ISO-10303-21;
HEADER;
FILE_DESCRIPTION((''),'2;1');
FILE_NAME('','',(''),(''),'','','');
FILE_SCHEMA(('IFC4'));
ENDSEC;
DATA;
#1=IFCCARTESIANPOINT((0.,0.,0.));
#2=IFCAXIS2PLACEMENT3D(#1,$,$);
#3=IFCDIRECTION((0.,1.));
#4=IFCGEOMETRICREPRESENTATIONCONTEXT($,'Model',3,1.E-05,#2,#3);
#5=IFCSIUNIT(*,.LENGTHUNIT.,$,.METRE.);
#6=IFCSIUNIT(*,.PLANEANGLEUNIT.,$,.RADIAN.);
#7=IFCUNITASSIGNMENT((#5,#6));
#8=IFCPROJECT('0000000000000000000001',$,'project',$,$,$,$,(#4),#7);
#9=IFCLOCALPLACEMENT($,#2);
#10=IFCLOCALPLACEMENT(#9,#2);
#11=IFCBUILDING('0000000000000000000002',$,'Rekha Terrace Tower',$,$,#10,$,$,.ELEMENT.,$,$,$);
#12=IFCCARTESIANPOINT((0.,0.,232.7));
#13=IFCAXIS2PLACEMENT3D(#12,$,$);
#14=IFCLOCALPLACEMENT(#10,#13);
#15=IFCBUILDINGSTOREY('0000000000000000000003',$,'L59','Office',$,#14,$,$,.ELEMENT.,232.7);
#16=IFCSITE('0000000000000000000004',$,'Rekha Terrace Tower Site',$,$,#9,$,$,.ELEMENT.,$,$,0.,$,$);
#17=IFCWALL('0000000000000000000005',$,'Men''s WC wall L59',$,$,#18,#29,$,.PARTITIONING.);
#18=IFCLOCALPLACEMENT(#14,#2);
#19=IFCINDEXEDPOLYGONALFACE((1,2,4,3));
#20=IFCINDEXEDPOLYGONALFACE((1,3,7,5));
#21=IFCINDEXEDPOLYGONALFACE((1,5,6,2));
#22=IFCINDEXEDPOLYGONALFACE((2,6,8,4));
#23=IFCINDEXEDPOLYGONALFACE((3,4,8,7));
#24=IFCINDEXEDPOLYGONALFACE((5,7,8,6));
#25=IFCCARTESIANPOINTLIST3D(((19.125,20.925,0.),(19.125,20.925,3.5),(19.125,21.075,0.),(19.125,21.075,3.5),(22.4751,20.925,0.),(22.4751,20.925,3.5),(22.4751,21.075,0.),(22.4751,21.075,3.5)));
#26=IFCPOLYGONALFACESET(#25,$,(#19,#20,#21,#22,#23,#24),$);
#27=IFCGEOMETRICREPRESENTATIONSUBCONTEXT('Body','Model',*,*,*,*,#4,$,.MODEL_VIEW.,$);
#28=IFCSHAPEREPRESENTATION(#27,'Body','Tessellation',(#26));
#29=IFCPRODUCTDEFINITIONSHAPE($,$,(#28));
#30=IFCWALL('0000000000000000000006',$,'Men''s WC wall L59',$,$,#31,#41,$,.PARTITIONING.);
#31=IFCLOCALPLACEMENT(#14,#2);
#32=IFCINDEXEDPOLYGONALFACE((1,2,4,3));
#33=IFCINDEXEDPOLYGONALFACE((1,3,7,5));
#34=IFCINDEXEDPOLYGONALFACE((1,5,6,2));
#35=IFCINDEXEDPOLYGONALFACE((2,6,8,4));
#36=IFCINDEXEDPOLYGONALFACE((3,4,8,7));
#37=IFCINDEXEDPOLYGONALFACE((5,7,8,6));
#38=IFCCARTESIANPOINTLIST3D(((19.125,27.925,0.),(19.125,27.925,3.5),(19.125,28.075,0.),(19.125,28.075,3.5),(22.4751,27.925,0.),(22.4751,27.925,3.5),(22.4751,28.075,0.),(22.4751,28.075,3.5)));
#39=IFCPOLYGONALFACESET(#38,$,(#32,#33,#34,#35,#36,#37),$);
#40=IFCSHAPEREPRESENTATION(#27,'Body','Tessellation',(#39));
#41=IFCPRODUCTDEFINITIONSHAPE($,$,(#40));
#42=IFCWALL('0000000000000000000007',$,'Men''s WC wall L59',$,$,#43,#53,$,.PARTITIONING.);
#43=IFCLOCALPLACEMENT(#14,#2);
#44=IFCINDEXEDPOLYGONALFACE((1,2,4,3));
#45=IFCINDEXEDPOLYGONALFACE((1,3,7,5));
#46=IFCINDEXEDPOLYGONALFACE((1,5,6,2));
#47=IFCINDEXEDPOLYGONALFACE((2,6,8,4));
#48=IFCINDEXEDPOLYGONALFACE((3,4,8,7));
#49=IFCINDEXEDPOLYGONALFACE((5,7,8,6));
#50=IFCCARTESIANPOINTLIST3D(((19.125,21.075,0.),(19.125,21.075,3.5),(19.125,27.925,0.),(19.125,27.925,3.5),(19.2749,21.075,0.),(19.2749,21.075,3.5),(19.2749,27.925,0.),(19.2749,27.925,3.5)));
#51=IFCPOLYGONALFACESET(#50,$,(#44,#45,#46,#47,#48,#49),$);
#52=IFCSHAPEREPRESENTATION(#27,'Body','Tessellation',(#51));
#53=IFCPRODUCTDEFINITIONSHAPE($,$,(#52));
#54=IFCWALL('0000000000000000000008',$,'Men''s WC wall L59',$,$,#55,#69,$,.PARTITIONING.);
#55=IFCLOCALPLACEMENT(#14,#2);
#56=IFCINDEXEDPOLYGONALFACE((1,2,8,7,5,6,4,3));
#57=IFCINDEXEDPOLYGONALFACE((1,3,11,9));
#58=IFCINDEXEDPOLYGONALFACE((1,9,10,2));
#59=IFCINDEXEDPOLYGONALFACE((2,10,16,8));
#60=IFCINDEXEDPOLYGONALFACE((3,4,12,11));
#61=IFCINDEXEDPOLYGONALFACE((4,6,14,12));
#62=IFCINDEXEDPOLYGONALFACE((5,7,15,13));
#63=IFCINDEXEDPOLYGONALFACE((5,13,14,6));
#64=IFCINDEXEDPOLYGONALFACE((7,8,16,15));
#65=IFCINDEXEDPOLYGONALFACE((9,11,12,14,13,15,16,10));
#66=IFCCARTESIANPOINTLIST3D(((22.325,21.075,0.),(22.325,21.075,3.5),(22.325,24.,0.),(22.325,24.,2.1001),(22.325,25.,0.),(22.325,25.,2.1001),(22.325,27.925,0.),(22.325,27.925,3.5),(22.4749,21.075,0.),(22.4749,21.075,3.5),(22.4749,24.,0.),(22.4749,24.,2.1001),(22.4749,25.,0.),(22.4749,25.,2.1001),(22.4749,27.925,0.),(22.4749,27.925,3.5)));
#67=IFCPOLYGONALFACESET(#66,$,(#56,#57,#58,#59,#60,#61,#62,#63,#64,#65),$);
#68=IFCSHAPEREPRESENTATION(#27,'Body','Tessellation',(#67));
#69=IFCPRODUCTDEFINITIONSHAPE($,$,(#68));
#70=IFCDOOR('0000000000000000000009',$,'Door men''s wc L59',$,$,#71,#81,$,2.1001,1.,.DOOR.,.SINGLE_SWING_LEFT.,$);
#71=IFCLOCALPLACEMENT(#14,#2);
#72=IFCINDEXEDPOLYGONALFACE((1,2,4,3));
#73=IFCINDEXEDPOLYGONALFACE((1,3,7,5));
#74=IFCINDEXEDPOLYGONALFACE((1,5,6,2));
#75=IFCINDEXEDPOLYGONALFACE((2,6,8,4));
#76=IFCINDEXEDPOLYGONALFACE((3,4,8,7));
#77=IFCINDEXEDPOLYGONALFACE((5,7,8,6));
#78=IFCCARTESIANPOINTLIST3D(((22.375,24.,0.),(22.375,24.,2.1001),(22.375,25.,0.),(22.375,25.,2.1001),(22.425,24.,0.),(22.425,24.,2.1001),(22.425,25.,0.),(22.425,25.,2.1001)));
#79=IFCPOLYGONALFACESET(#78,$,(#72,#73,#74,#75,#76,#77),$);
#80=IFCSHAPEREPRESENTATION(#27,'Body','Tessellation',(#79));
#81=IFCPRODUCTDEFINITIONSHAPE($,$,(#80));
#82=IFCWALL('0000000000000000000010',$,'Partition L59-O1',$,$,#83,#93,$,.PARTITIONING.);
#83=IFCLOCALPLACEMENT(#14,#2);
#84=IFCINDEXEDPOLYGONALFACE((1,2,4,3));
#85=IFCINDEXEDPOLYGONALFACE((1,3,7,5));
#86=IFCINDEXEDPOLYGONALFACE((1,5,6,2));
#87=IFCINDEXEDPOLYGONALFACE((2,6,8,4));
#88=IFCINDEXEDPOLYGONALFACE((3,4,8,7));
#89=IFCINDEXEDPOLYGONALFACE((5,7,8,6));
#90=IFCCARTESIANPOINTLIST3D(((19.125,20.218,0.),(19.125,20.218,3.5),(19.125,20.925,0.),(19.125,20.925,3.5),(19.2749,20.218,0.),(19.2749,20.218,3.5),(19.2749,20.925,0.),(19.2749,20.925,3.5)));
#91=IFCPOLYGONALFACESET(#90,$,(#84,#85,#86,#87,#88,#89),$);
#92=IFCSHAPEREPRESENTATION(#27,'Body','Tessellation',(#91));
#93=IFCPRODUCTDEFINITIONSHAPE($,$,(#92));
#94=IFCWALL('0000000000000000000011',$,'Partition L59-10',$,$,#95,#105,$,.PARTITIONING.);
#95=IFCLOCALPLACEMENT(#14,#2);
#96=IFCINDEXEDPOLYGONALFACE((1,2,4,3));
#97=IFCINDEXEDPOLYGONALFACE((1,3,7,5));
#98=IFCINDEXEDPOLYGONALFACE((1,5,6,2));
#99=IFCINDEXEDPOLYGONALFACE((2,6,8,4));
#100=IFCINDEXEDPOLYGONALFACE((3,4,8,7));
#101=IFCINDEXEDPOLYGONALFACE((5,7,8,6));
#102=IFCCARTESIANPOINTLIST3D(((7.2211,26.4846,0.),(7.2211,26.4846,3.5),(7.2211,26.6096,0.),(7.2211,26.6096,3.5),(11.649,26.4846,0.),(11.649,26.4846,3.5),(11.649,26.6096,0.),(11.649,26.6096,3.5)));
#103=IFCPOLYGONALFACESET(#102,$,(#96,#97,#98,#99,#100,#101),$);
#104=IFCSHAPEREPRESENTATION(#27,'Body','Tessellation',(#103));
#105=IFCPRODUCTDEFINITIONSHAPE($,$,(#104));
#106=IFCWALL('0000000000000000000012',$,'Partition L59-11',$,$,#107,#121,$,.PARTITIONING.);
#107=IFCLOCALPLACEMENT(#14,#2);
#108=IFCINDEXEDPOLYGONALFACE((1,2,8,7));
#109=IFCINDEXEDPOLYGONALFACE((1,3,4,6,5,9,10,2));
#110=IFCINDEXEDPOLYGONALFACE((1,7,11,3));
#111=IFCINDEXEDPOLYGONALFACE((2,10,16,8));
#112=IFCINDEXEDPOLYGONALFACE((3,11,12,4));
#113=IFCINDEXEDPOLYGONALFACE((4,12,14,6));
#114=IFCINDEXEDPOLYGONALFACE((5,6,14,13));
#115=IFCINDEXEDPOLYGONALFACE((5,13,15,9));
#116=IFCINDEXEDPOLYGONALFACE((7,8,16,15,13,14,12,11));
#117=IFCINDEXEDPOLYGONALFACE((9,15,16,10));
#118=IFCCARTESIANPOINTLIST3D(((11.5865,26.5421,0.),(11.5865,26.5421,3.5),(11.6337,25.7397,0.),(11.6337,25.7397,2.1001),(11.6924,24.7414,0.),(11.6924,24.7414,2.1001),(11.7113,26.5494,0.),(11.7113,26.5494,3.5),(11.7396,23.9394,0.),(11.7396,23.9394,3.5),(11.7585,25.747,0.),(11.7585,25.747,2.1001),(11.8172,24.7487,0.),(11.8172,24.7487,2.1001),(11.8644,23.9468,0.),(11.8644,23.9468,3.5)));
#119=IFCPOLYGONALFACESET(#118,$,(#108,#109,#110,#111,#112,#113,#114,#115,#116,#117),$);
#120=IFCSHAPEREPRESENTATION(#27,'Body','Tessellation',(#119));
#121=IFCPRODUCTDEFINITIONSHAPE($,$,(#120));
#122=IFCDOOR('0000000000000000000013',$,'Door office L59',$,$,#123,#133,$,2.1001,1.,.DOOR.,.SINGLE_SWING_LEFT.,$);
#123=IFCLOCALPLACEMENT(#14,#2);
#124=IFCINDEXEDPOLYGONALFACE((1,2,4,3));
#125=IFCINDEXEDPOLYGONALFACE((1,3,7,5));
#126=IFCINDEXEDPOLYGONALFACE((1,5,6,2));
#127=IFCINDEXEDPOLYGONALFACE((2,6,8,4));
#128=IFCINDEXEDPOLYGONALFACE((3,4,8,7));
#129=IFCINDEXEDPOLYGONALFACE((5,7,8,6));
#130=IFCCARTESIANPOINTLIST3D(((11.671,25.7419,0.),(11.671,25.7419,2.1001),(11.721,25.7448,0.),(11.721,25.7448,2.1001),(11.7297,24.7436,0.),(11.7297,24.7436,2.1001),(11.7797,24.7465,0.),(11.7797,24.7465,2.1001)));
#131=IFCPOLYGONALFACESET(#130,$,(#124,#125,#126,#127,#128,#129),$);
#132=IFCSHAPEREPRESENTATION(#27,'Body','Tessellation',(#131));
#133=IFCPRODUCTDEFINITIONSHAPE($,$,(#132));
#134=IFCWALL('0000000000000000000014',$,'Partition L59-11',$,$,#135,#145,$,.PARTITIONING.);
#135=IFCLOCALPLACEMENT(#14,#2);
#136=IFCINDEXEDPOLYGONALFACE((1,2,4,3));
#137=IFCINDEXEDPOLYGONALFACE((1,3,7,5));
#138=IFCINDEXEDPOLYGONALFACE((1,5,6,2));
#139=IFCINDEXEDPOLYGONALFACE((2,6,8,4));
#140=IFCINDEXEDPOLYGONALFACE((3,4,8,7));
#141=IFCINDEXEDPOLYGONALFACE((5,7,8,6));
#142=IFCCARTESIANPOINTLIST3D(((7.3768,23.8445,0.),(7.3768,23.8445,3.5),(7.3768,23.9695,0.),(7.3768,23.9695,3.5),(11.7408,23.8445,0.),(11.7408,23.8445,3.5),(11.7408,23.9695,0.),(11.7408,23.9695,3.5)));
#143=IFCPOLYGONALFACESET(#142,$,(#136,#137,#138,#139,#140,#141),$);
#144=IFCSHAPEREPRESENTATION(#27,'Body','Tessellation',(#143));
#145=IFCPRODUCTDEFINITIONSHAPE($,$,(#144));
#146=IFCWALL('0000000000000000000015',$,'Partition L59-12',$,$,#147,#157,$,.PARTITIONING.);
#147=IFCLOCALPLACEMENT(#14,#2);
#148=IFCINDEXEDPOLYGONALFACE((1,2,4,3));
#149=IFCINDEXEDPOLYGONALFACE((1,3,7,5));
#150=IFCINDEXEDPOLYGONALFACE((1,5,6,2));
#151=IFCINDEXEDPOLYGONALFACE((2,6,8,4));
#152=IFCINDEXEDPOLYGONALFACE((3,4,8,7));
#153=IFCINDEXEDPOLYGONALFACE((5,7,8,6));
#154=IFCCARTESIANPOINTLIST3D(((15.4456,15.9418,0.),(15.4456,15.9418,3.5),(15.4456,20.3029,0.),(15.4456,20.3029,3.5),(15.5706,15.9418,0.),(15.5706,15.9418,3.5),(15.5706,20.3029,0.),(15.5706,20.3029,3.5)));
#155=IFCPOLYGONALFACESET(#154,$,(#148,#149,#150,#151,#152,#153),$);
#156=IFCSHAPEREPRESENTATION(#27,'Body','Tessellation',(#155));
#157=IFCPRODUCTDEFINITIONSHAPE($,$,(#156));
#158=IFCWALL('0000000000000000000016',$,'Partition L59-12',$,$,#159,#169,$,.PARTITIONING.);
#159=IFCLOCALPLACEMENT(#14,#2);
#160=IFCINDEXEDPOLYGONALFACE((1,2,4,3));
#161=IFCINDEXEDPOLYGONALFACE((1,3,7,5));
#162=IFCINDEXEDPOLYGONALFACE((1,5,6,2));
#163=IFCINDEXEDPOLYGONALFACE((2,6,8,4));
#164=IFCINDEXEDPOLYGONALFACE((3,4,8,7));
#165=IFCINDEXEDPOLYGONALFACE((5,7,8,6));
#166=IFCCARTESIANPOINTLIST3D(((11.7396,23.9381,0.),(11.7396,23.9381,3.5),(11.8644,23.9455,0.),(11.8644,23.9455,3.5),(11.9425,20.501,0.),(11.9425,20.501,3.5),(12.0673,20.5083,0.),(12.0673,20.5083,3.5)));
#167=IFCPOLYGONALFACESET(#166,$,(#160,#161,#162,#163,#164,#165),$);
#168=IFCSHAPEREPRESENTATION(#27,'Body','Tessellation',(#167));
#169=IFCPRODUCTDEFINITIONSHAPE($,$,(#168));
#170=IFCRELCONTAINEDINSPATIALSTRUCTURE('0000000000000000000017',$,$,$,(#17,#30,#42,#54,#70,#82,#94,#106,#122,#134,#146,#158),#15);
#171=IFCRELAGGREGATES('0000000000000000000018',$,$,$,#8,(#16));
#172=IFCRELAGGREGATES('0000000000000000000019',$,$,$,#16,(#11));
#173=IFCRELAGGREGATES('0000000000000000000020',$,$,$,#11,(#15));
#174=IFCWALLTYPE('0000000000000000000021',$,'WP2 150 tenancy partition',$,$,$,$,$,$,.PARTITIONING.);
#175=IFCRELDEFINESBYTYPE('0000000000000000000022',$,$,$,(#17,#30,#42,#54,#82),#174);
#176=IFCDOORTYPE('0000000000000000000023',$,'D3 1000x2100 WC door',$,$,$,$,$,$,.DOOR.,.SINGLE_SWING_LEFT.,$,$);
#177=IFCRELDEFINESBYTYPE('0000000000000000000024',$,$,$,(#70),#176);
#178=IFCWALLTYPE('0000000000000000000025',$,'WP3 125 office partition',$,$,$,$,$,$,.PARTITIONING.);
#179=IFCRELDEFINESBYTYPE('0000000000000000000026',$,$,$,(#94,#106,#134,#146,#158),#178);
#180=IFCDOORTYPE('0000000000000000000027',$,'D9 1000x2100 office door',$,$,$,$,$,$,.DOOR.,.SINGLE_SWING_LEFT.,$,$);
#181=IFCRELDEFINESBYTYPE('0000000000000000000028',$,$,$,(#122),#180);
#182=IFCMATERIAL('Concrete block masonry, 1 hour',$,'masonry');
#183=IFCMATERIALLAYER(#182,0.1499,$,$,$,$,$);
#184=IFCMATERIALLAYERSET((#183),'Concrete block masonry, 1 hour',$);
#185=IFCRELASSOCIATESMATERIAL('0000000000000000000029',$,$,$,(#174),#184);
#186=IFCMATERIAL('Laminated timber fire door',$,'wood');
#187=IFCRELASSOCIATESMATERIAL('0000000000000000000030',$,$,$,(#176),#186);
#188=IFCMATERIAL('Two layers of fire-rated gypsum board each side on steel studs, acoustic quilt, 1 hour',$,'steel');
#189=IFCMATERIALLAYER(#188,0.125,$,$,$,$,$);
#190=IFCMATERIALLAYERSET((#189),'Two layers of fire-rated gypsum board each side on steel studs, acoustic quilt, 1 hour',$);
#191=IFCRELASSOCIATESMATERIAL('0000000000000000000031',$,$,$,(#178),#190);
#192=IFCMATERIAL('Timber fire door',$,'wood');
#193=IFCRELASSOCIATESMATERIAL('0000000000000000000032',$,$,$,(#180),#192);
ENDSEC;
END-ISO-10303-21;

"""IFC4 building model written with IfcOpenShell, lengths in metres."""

from ifc_helpers import new_model, si_unit, direction, frame, frame_2d, origin, place, context, subcontext, project, spatial, rectangle, extrude, material, layer, layer_set, type_object, element, fill, save


model = new_model("IFC4")

# Units and contexts
model_context = context("Model", 3, precision=1e-05, world=origin(), true_north=direction((0.0, 1.0)))
body_context = subcontext(model_context, "Body", "Model", "MODEL_VIEW")
ifc_project = project(units=[si_unit("LENGTHUNIT", "METRE"), si_unit("PLANEANGLEUNIT", "RADIAN")], contexts=[model_context])

# Site, building, storey
site_placement = place(None, origin())
site = spatial("IfcSite", under=ifc_project, at=site_placement, Name="Rekha Terrace Tower Site", CompositionType="ELEMENT", RefElevation=0.0)
building_placement = place(site_placement, origin())
building = spatial("IfcBuilding", under=site, at=building_placement, Name="Rekha Terrace Tower", CompositionType="ELEMENT")
storey_placement = place(building_placement, frame((0.0, 0.0, 232.7)))
storey = spatial("IfcBuildingStorey", under=building, at=storey_placement, Name="L59", Description="Office", CompositionType="ELEMENT", Elevation=232.7)

# Walls
ifc_material_1 = material(Name="Concrete block masonry, 1 hour", Category="masonry")
ifc_layer_1 = layer(ifc_material_1, 0.1499)
ifc_layer_set_1 = layer_set([ifc_layer_1], Name="Concrete block masonry, 1 hour")
wall_type_1 = type_object("IfcWallType", Name="WP2 150 tenancy partition", PredefinedType="PARTITIONING", material=ifc_layer_set_1)
for number, where, z_axis, x_axis, name in (
    (1, (19.125, 21.0, 0.0), (0.0, 0.0, 1.0), (1.0, 0.0, 0.0), "Men's WC wall L59"),
    (2, (19.125, 28.0, 0.0), (0.0, 0.0, 1.0), (1.0, 0.0, 0.0), "Men's WC wall L59"),
):
    element("IfcWall", number, at=place(storey_placement, frame(where, z_axis=z_axis, x_axis=x_axis)), inside=storey, type_object=wall_type_1, Name=name, PredefinedType="PARTITIONING", context=body_context, shape_type="SweptSolid", body=[
        extrude(rectangle(XDim=3.3501, YDim=0.1499, at=frame_2d((1.675, 0.0))), origin(), (0.0, 0.0, 1.0), 3.5),
    ])
wall_1_placement = place(storey_placement, frame((19.2, 21.075, 0.0), z_axis=(0.0, 0.0, 1.0), x_axis=(0.0, 1.0, 0.0)))
element("IfcWall", 3, at=wall_1_placement, inside=storey, type_object=wall_type_1, Name="Men's WC wall L59", PredefinedType="PARTITIONING", context=body_context, shape_type="SweptSolid", body=[
    extrude(rectangle(XDim=6.8501, YDim=0.1499, at=frame_2d((3.425, 0.0))), origin(), (0.0, 0.0, 1.0), 3.5),
])

# Wall, opening, door
wall_2_placement = place(storey_placement, frame((22.3999, 21.075, 0.0), z_axis=(0.0, 0.0, 1.0), x_axis=(0.0, 1.0, 0.0)))
wall_2 = element("IfcWall", 4, at=wall_2_placement, inside=storey, type_object=wall_type_1, Name="Men's WC wall L59", PredefinedType="PARTITIONING", context=body_context, shape_type="SweptSolid", body=[
    extrude(rectangle(XDim=6.8501, YDim=0.1499, at=frame_2d((3.425, 0.0))), origin(), (0.0, 0.0, 1.0), 3.5),
])
opening_1_placement = place(wall_2_placement, frame((2.925, 0.0, 0.0)))
opening_1 = element("IfcOpeningElement", 5, at=opening_1_placement, cuts=wall_2, PredefinedType="OPENING", context=body_context, shape_type="SweptSolid", body=[
    extrude(rectangle(XDim=1.0, YDim=2.1001, at=frame_2d((0.5, 1.05))), frame((0.0, 0.085, 0.0), z_axis=(0.0, -1.0, 0.0), x_axis=(1.0, 0.0, 0.0)), (0.0, 0.0, 1.0), 0.1699),
])
ifc_material_2 = material(Name="Laminated timber fire door", Category="wood")
door_type_1 = type_object("IfcDoorType", Name="D3 1000x2100 WC door", OperationType="SINGLE_SWING_LEFT", PredefinedType="DOOR", material=ifc_material_2)
door_1_placement = place(opening_1_placement, origin())
door_1 = element("IfcDoor", 6, at=door_1_placement, inside=storey, type_object=door_type_1, Name="Door men's wc L59", OperationType="SINGLE_SWING_LEFT", OverallHeight=2.1001, OverallWidth=1.0, PredefinedType="DOOR", context=body_context, shape_type="SweptSolid", body=[
    extrude(rectangle(XDim=1.0, YDim=2.1001, at=frame_2d((0.5, 1.05))), frame((0.0, 0.0249, 0.0), z_axis=(0.0, -1.0, 0.0), x_axis=(1.0, 0.0, 0.0)), (0.0, 0.0, 1.0), 0.05),
])
fill(opening_1, door_1)

# Walls
wall_3_placement = place(storey_placement, frame((19.2, 20.925, 0.0), z_axis=(0.0, 0.0, 1.0), x_axis=(0.0, -1.0, 0.0)))
element("IfcWall", 7, at=wall_3_placement, inside=storey, type_object=wall_type_1, Name="Partition L59-O1", PredefinedType="PARTITIONING", context=body_context, shape_type="SweptSolid", body=[
    extrude(rectangle(XDim=0.707, YDim=0.1499, at=frame_2d((0.3535, 0.0))), origin(), (0.0, 0.0, 1.0), 3.5),
])
ifc_material_3 = material(Name="Two layers of fire-rated gypsum board each side on steel studs, acoustic quilt, 1 hour", Category="steel")
ifc_layer_2 = layer(ifc_material_3, 0.125)
ifc_layer_set_2 = layer_set([ifc_layer_2], Name="Two layers of fire-rated gypsum board each side on steel studs, acoustic quilt, 1 hour")
wall_type_2 = type_object("IfcWallType", Name="WP3 125 office partition", PredefinedType="PARTITIONING", material=ifc_layer_set_2)
wall_4_placement = place(storey_placement, frame((11.6489, 26.5471, 0.0), z_axis=(0.0, 0.0, 1.0), x_axis=(-1.0, 0.0, 0.0)))
element("IfcWall", 8, at=wall_4_placement, inside=storey, type_object=wall_type_2, Name="Partition L59-10", PredefinedType="PARTITIONING", context=body_context, shape_type="SweptSolid", body=[
    extrude(rectangle(XDim=4.428, YDim=0.125, at=frame_2d((2.2139, 0.0))), origin(), (0.0, 0.0, 1.0), 3.5),
])

# Wall, opening, door
wall_5_placement = place(storey_placement, frame((11.6489, 26.5459, 0.0), z_axis=(0.0, 0.0, 1.0), x_axis=(0.058711, -0.998275, 0.0)))
wall_5 = element("IfcWall", 9, at=wall_5_placement, inside=storey, type_object=wall_type_2, Name="Partition L59-11", PredefinedType="PARTITIONING", context=body_context, shape_type="SweptSolid", body=[
    extrude(rectangle(XDim=2.6072, YDim=0.125, at=frame_2d((1.3037, 0.0))), origin(), (0.0, 0.0, 1.0), 3.5),
])
opening_2_placement = place(wall_5_placement, frame((0.804, 0.0, 0.0)))
opening_2 = element("IfcOpeningElement", 10, at=opening_2_placement, cuts=wall_5, PredefinedType="OPENING", context=body_context, shape_type="SweptSolid", body=[
    extrude(rectangle(XDim=1.0, YDim=2.1001, at=frame_2d((0.5, 1.05))), frame((0.0, 0.0725, 0.0), z_axis=(0.0, -1.0, 0.0), x_axis=(1.0, 0.0, 0.0)), (0.0, 0.0, 1.0), 0.145),
])
ifc_material_4 = material(Name="Timber fire door", Category="wood")
door_type_2 = type_object("IfcDoorType", Name="D9 1000x2100 office door", OperationType="SINGLE_SWING_LEFT", PredefinedType="DOOR", material=ifc_material_4)
door_2_placement = place(opening_2_placement, origin())
door_2 = element("IfcDoor", 11, at=door_2_placement, inside=storey, type_object=door_type_2, Name="Door office L59", OperationType="SINGLE_SWING_LEFT", OverallHeight=2.1001, OverallWidth=1.0, PredefinedType="DOOR", context=body_context, shape_type="SweptSolid", body=[
    extrude(rectangle(XDim=1.0, YDim=2.1001, at=frame_2d((0.5, 1.05))), frame((0.0, 0.0249, 0.0), z_axis=(0.0, -1.0, 0.0), x_axis=(1.0, 0.0, 0.0)), (0.0, 0.0, 1.0), 0.05),
])
fill(opening_2, door_2)

# Walls
wall_6_placement = place(storey_placement, frame((11.741, 23.907, 0.0), z_axis=(0.0, 0.0, 1.0), x_axis=(-1.0, 0.0, 0.0)))
element("IfcWall", 12, at=wall_6_placement, inside=storey, type_object=wall_type_2, Name="Partition L59-11", PredefinedType="PARTITIONING", context=body_context, shape_type="SweptSolid", body=[
    extrude(rectangle(XDim=4.364, YDim=0.125, at=frame_2d((2.1821, 0.0))), origin(), (0.0, 0.0, 1.0), 3.5),
])
wall_7_placement = place(storey_placement, frame((15.5081, 20.303, 0.0), z_axis=(0.0, 0.0, 1.0), x_axis=(0.0, -1.0, 0.0)))
element("IfcWall", 13, at=wall_7_placement, inside=storey, type_object=wall_type_2, Name="Partition L59-12", PredefinedType="PARTITIONING", context=body_context, shape_type="SweptSolid", body=[
    extrude(rectangle(XDim=4.3611, YDim=0.125, at=frame_2d((2.1807, 0.0))), origin(), (0.0, 0.0, 1.0), 3.5),
])
wall_8_placement = place(storey_placement, frame((11.802, 23.9419, 0.0), z_axis=(0.0, 0.0, 1.0), x_axis=(0.058926, -0.998262, 0.0)))
element("IfcWall", 14, at=wall_8_placement, inside=storey, type_object=wall_type_2, Name="Partition L59-12", PredefinedType="PARTITIONING", context=body_context, shape_type="SweptSolid", body=[
    extrude(rectangle(XDim=3.4431, YDim=0.125, at=frame_2d((1.7217, 0.0))), origin(), (0.0, 0.0, 1.0), 3.5),
])

save(model, "model.ifc")
